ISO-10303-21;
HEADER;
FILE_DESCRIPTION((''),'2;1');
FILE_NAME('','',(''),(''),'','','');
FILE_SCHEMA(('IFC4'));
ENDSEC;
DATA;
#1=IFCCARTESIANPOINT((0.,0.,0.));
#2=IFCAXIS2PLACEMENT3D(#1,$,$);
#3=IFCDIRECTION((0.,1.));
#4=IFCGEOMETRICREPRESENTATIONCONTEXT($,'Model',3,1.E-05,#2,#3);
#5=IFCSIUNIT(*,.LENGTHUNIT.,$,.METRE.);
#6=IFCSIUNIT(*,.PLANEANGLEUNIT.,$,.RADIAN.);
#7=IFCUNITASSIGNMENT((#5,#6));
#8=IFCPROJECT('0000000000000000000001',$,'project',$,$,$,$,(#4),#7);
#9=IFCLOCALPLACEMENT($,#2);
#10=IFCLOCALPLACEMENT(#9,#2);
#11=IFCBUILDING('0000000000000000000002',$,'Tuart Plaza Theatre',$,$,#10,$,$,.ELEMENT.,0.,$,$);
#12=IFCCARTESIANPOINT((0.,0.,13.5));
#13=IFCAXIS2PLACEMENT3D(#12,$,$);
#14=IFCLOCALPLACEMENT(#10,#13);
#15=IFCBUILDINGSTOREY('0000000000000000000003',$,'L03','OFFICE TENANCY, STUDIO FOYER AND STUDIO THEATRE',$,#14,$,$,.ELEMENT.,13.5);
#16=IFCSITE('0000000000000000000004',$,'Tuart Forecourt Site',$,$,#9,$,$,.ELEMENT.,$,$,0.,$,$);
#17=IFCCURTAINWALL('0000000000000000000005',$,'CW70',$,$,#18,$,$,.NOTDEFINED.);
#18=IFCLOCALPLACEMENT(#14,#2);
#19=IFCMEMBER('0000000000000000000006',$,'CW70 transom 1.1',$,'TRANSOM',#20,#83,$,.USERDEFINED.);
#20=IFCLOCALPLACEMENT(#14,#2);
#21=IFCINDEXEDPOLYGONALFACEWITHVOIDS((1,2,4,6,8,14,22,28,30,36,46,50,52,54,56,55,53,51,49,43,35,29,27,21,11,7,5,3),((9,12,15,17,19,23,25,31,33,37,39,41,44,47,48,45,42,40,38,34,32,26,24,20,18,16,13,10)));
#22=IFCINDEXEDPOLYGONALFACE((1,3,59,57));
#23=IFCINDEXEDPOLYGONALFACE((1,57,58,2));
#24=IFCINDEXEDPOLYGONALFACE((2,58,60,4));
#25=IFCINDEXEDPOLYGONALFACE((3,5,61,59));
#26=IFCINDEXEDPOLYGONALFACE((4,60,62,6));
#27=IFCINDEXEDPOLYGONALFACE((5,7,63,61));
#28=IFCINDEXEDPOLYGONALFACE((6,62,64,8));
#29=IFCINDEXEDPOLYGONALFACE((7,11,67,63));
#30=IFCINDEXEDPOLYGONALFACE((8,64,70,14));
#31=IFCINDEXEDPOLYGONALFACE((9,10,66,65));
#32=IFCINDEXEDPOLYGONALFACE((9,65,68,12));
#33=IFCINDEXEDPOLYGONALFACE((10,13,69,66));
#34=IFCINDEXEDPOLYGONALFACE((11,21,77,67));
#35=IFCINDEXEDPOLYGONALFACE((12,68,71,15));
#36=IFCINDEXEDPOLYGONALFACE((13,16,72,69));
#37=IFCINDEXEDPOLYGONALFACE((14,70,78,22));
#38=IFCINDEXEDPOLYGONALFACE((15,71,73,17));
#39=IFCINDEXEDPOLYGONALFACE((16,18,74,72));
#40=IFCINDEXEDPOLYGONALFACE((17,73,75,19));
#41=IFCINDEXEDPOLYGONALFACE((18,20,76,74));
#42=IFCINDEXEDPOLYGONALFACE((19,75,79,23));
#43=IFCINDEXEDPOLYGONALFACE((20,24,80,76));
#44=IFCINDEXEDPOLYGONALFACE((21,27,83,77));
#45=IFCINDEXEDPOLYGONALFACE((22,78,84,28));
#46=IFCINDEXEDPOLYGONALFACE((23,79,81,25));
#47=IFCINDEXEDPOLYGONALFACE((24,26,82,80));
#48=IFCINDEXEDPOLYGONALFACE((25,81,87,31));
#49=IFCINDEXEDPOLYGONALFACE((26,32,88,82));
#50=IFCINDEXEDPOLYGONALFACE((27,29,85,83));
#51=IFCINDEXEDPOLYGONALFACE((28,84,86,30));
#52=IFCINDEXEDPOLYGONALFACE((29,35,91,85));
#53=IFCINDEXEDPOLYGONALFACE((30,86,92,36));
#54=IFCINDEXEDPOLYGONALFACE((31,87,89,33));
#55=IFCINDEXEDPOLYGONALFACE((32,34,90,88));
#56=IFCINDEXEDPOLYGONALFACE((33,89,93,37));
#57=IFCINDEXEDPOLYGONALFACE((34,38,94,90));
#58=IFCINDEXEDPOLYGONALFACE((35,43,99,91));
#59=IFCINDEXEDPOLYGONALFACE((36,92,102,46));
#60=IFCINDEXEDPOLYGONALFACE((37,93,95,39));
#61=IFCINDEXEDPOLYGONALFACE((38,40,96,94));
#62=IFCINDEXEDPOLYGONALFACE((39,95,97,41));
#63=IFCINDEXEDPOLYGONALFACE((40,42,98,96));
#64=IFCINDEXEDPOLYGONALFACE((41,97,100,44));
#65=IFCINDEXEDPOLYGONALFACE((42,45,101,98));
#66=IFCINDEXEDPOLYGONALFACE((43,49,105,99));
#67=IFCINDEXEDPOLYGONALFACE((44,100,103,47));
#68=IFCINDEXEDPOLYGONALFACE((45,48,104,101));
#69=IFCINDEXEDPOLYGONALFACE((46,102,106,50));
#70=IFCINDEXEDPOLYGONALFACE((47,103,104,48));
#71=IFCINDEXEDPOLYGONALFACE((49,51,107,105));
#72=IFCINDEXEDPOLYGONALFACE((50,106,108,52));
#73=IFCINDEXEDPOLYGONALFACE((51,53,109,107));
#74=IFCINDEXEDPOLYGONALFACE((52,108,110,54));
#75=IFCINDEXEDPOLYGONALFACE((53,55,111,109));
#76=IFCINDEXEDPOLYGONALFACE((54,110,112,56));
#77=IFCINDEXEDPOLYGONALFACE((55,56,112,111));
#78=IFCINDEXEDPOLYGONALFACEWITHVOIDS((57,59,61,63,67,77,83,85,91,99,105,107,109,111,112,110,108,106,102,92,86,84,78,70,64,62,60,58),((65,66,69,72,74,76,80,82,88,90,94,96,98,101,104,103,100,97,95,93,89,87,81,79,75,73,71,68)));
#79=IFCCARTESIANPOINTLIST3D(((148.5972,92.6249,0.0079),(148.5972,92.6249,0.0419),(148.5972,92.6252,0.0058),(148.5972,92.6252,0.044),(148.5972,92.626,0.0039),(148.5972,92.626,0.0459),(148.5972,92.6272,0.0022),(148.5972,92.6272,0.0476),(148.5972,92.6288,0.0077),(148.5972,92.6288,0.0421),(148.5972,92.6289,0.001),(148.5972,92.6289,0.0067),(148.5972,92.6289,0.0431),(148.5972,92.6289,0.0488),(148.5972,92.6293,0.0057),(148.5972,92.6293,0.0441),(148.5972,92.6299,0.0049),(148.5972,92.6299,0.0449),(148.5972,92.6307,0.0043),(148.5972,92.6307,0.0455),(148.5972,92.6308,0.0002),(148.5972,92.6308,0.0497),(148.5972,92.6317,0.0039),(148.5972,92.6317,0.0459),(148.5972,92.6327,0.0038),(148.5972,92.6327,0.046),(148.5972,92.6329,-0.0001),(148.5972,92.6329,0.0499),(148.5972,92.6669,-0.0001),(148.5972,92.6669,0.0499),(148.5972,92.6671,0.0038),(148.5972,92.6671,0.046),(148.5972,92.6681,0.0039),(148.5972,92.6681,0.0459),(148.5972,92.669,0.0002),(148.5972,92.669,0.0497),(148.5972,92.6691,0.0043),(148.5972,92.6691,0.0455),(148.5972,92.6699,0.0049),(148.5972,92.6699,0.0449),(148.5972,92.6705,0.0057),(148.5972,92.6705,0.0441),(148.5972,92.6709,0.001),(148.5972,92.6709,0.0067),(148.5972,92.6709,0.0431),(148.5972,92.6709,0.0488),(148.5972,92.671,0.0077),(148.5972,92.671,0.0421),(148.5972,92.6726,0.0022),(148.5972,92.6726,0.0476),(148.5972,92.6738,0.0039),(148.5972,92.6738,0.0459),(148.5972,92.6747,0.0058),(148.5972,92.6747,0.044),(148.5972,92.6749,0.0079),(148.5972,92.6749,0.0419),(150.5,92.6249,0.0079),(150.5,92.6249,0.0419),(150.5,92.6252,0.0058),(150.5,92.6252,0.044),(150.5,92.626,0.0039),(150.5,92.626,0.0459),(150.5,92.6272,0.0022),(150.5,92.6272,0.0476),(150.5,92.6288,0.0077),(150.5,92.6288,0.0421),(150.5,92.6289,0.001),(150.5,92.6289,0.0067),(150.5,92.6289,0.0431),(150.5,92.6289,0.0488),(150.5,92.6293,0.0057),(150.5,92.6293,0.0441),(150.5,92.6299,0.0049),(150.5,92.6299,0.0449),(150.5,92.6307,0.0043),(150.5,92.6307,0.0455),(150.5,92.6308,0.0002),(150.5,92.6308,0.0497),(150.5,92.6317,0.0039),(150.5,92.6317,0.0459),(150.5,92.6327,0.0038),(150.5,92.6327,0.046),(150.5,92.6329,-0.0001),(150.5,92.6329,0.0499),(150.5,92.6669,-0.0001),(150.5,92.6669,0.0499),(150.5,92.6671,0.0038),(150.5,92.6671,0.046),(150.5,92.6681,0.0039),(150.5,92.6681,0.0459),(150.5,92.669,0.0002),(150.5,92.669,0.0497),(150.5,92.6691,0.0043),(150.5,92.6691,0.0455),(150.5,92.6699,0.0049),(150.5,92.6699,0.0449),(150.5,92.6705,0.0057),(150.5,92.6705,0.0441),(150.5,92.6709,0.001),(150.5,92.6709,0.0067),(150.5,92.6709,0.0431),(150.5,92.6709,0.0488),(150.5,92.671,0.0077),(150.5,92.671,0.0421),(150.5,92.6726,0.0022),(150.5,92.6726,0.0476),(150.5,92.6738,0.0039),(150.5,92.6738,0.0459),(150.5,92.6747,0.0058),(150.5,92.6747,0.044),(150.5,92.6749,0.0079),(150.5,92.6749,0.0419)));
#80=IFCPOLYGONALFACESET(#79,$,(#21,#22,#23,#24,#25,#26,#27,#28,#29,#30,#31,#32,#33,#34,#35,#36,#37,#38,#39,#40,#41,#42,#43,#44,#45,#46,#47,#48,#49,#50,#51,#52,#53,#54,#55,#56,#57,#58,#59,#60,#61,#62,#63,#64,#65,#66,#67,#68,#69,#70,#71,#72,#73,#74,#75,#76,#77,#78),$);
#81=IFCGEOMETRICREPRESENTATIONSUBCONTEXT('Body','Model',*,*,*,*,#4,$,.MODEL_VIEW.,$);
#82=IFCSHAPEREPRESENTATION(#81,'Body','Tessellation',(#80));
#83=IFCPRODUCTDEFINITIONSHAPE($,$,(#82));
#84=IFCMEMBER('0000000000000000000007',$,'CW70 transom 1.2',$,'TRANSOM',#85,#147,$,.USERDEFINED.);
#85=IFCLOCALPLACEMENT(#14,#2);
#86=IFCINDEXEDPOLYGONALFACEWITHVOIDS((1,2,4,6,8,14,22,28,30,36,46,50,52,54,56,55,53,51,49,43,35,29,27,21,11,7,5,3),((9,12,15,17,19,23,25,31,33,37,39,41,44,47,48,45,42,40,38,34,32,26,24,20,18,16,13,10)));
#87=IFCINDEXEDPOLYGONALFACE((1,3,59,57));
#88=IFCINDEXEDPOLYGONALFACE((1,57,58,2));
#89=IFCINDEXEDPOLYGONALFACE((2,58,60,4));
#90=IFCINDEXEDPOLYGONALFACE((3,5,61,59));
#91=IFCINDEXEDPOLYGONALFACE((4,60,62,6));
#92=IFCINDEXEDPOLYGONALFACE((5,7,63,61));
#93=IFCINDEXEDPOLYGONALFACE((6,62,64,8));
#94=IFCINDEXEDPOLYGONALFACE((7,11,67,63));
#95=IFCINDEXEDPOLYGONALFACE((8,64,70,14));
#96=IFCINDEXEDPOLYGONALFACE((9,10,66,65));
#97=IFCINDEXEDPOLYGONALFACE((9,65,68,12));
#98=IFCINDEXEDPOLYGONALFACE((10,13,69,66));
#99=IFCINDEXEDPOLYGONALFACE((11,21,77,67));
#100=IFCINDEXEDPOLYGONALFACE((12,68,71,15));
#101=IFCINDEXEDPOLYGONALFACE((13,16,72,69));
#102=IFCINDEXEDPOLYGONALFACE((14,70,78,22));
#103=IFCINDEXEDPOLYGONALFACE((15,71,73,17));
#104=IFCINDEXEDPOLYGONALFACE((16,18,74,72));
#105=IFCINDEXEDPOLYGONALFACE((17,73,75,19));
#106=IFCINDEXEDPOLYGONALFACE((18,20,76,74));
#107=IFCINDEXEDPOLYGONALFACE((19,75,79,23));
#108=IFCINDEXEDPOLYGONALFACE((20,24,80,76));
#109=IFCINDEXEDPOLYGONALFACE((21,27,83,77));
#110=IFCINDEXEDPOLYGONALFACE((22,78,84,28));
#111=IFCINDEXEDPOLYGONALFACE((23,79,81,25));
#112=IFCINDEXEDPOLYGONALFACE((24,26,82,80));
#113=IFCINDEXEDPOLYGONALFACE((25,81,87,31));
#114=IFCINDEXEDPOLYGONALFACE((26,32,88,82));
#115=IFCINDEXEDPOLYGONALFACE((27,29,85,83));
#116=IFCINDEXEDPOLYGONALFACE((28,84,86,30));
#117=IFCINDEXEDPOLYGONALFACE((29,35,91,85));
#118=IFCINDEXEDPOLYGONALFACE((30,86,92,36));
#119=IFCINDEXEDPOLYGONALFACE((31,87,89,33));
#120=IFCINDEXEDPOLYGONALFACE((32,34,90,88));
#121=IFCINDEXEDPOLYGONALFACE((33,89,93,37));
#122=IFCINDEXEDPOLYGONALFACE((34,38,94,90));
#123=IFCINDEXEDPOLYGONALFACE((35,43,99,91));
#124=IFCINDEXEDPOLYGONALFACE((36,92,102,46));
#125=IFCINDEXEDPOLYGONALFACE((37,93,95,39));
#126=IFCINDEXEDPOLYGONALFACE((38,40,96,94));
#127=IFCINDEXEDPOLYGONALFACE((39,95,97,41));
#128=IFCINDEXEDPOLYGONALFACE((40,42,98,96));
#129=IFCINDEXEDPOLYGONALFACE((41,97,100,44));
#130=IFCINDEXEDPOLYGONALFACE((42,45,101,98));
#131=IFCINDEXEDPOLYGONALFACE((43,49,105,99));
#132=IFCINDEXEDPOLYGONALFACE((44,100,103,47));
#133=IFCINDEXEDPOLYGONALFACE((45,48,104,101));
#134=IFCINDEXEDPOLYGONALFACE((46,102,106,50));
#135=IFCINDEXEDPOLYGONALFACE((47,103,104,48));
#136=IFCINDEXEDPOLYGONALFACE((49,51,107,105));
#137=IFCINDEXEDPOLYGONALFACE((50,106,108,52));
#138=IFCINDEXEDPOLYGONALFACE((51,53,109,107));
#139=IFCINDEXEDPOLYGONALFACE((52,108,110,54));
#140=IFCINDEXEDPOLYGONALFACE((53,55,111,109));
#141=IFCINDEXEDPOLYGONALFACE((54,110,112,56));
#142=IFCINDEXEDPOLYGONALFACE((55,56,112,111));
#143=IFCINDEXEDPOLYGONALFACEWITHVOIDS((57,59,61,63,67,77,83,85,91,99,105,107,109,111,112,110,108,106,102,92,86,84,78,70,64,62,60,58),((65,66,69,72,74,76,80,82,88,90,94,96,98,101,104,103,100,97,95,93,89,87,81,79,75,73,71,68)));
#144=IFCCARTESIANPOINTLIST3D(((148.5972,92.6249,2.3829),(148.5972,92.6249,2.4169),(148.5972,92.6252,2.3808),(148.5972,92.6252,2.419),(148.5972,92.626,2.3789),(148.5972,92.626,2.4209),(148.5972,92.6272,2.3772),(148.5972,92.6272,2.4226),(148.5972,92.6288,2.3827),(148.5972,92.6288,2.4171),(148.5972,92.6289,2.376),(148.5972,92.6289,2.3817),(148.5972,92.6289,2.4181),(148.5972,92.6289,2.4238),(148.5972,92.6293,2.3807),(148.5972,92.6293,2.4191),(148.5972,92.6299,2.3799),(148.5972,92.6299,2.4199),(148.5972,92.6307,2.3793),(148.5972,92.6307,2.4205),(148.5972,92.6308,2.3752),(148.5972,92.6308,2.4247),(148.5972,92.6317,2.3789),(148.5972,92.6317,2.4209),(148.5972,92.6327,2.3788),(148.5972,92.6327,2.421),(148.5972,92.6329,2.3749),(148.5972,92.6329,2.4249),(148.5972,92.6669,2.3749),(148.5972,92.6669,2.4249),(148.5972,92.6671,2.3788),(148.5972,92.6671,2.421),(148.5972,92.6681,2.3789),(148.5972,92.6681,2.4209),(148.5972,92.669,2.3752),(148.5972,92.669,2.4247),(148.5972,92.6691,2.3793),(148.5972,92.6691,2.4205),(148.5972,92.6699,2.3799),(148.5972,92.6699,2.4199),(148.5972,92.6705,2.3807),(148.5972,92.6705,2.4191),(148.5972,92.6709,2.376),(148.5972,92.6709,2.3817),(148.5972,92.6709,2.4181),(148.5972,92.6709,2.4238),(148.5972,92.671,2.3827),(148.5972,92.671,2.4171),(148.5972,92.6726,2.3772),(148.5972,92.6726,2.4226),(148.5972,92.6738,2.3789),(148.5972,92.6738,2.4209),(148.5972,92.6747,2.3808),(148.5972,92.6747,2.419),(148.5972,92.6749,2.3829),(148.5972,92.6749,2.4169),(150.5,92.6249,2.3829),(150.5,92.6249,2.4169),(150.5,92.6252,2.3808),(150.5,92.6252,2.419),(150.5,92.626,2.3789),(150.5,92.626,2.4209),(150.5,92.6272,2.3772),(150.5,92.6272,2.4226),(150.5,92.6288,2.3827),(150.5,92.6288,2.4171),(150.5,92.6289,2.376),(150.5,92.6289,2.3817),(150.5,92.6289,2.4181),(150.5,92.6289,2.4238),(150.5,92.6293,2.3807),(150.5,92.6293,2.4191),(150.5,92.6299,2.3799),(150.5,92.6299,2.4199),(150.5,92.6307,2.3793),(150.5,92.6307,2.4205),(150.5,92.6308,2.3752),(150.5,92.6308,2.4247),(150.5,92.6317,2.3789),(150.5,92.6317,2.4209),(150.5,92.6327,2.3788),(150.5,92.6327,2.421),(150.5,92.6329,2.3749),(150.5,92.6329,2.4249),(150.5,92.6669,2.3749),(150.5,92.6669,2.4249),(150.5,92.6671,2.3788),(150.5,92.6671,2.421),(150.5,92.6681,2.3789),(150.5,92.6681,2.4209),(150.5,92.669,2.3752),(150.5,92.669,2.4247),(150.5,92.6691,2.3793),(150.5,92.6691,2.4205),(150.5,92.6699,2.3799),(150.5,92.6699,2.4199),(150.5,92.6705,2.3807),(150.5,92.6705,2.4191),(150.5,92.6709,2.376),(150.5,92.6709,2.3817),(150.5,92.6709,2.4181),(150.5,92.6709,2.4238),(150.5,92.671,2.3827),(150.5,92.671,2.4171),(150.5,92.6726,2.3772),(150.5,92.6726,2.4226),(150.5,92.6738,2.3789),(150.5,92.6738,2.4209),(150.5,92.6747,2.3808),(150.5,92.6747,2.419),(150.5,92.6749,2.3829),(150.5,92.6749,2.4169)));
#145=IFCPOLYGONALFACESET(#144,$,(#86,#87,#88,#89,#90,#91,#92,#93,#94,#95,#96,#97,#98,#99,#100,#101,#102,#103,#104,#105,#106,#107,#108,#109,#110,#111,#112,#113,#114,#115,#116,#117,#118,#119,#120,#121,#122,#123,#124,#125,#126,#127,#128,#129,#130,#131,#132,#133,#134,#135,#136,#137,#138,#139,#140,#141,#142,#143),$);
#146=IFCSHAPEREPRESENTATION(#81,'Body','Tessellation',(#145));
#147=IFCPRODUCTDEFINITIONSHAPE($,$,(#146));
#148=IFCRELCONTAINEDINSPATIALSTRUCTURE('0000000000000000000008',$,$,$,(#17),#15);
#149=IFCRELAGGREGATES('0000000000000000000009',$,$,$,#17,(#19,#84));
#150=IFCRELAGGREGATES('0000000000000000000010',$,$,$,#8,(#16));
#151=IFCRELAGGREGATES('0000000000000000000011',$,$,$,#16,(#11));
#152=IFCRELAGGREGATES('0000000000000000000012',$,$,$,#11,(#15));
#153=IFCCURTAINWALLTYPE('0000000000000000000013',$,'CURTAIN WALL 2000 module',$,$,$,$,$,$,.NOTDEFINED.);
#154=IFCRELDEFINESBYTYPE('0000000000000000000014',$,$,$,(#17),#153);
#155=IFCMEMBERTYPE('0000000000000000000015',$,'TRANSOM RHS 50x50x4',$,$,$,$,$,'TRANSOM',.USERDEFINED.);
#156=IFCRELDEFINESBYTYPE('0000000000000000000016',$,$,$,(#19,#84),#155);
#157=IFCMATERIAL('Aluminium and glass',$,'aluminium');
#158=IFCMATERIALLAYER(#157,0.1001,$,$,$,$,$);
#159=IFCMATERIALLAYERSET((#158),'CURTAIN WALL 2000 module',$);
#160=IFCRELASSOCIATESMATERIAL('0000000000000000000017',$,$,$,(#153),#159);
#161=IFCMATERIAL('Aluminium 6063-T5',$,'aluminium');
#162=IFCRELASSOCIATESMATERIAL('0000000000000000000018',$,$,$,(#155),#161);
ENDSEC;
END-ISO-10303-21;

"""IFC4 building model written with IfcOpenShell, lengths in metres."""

from ifc_helpers import new_model, si_unit, direction, frame, origin, origin_2d, place, context, subcontext, project, spatial, hollow_rectangle, extrude, material, layer, layer_set, material_profile, profile_set, type_object, element, aggregate, save


model = new_model("IFC4")

# Units and contexts
model_context = context("Model", 3, precision=1e-05, world=origin(), true_north=direction((0.0, 1.0)))
body_context = subcontext(model_context, "Body", "Model", "MODEL_VIEW")
ifc_project = project(units=[si_unit("LENGTHUNIT", "METRE"), si_unit("PLANEANGLEUNIT", "RADIAN")], contexts=[model_context])

# Site, building, storey
site_placement = place(None, origin())
site = spatial("IfcSite", under=ifc_project, at=site_placement, Name="Tuart Forecourt Site", CompositionType="ELEMENT", RefElevation=0.0)
building_placement = place(site_placement, origin())
building = spatial("IfcBuilding", under=site, at=building_placement, Name="Tuart Plaza Theatre", CompositionType="ELEMENT", ElevationOfRefHeight=0.0)
storey_placement = place(building_placement, frame((0.0, 0.0, 13.5)))
storey = spatial("IfcBuildingStorey", under=building, at=storey_placement, Name="L03", Description="OFFICE TENANCY, STUDIO FOYER AND STUDIO THEATRE", CompositionType="ELEMENT", Elevation=13.5)

# Curtain wall
ifc_material_1 = material(Name="Aluminium and glass", Category="aluminium")
ifc_layer_1 = layer(ifc_material_1, 0.1001)
ifc_layer_set_1 = layer_set([ifc_layer_1], Name="CURTAIN WALL 2000 module")
curtain_wall_type = type_object("IfcCurtainWallType", Name="CURTAIN WALL 2000 module", PredefinedType="NOTDEFINED", material=ifc_layer_set_1)
curtain_wall_1_placement = place(storey_placement, origin())
curtain_wall_1 = element("IfcCurtainWall", 1, at=curtain_wall_1_placement, inside=storey, type_object=curtain_wall_type, Name="CW70", PredefinedType="NOTDEFINED")

# Members
ifc_material_2 = material(Name="Aluminium 6063-T5", Category="aluminium")
ifc_material_profile_1 = material_profile(ifc_material_2, hollow_rectangle(XDim=0.05, YDim=0.05, WallThickness=0.0039, InnerFilletRadius=0.0039, OuterFilletRadius=0.0081, at=origin_2d()), Name="RHS 50x50x4")
ifc_profile_set_1 = profile_set([ifc_material_profile_1], Name="Aluminium 6063-T5")
member_type_1 = type_object("IfcMemberType", Name="TRANSOM RHS 50x50x4", ElementType="TRANSOM", PredefinedType="USERDEFINED", material=ifc_profile_set_1)
member_1_placement = place(storey_placement, frame((150.5, 92.6499, 0.0249), z_axis=(-1.0, 0.0, 0.0), x_axis=(0.0, -1.0, 0.0)))
member_1 = element("IfcMember", 2, at=member_1_placement, type_object=member_type_1, Name="CW70 transom 1.1", ObjectType="TRANSOM", PredefinedType="USERDEFINED", context=body_context, shape_type="SweptSolid", body=[
    extrude(hollow_rectangle(XDim=0.05, YDim=0.05, WallThickness=0.0039, InnerFilletRadius=0.0039, OuterFilletRadius=0.0081, at=origin_2d()), origin(), (0.0, 0.0, 1.0), 1.9028),
])
member_2_placement = place(storey_placement, frame((150.5, 92.6499, 2.3999), z_axis=(-1.0, 0.0, 0.0), x_axis=(0.0, -1.0, 0.0)))
member_2 = element("IfcMember", 3, at=member_2_placement, type_object=member_type_1, Name="CW70 transom 1.2", ObjectType="TRANSOM", PredefinedType="USERDEFINED", context=body_context, shape_type="SweptSolid", body=[
    extrude(hollow_rectangle(XDim=0.05, YDim=0.05, WallThickness=0.0039, InnerFilletRadius=0.0039, OuterFilletRadius=0.0081, at=origin_2d()), origin(), (0.0, 0.0, 1.0), 1.9028),
])

aggregate(curtain_wall_1, [member_1, member_2])

save(model, "model.ifc")
